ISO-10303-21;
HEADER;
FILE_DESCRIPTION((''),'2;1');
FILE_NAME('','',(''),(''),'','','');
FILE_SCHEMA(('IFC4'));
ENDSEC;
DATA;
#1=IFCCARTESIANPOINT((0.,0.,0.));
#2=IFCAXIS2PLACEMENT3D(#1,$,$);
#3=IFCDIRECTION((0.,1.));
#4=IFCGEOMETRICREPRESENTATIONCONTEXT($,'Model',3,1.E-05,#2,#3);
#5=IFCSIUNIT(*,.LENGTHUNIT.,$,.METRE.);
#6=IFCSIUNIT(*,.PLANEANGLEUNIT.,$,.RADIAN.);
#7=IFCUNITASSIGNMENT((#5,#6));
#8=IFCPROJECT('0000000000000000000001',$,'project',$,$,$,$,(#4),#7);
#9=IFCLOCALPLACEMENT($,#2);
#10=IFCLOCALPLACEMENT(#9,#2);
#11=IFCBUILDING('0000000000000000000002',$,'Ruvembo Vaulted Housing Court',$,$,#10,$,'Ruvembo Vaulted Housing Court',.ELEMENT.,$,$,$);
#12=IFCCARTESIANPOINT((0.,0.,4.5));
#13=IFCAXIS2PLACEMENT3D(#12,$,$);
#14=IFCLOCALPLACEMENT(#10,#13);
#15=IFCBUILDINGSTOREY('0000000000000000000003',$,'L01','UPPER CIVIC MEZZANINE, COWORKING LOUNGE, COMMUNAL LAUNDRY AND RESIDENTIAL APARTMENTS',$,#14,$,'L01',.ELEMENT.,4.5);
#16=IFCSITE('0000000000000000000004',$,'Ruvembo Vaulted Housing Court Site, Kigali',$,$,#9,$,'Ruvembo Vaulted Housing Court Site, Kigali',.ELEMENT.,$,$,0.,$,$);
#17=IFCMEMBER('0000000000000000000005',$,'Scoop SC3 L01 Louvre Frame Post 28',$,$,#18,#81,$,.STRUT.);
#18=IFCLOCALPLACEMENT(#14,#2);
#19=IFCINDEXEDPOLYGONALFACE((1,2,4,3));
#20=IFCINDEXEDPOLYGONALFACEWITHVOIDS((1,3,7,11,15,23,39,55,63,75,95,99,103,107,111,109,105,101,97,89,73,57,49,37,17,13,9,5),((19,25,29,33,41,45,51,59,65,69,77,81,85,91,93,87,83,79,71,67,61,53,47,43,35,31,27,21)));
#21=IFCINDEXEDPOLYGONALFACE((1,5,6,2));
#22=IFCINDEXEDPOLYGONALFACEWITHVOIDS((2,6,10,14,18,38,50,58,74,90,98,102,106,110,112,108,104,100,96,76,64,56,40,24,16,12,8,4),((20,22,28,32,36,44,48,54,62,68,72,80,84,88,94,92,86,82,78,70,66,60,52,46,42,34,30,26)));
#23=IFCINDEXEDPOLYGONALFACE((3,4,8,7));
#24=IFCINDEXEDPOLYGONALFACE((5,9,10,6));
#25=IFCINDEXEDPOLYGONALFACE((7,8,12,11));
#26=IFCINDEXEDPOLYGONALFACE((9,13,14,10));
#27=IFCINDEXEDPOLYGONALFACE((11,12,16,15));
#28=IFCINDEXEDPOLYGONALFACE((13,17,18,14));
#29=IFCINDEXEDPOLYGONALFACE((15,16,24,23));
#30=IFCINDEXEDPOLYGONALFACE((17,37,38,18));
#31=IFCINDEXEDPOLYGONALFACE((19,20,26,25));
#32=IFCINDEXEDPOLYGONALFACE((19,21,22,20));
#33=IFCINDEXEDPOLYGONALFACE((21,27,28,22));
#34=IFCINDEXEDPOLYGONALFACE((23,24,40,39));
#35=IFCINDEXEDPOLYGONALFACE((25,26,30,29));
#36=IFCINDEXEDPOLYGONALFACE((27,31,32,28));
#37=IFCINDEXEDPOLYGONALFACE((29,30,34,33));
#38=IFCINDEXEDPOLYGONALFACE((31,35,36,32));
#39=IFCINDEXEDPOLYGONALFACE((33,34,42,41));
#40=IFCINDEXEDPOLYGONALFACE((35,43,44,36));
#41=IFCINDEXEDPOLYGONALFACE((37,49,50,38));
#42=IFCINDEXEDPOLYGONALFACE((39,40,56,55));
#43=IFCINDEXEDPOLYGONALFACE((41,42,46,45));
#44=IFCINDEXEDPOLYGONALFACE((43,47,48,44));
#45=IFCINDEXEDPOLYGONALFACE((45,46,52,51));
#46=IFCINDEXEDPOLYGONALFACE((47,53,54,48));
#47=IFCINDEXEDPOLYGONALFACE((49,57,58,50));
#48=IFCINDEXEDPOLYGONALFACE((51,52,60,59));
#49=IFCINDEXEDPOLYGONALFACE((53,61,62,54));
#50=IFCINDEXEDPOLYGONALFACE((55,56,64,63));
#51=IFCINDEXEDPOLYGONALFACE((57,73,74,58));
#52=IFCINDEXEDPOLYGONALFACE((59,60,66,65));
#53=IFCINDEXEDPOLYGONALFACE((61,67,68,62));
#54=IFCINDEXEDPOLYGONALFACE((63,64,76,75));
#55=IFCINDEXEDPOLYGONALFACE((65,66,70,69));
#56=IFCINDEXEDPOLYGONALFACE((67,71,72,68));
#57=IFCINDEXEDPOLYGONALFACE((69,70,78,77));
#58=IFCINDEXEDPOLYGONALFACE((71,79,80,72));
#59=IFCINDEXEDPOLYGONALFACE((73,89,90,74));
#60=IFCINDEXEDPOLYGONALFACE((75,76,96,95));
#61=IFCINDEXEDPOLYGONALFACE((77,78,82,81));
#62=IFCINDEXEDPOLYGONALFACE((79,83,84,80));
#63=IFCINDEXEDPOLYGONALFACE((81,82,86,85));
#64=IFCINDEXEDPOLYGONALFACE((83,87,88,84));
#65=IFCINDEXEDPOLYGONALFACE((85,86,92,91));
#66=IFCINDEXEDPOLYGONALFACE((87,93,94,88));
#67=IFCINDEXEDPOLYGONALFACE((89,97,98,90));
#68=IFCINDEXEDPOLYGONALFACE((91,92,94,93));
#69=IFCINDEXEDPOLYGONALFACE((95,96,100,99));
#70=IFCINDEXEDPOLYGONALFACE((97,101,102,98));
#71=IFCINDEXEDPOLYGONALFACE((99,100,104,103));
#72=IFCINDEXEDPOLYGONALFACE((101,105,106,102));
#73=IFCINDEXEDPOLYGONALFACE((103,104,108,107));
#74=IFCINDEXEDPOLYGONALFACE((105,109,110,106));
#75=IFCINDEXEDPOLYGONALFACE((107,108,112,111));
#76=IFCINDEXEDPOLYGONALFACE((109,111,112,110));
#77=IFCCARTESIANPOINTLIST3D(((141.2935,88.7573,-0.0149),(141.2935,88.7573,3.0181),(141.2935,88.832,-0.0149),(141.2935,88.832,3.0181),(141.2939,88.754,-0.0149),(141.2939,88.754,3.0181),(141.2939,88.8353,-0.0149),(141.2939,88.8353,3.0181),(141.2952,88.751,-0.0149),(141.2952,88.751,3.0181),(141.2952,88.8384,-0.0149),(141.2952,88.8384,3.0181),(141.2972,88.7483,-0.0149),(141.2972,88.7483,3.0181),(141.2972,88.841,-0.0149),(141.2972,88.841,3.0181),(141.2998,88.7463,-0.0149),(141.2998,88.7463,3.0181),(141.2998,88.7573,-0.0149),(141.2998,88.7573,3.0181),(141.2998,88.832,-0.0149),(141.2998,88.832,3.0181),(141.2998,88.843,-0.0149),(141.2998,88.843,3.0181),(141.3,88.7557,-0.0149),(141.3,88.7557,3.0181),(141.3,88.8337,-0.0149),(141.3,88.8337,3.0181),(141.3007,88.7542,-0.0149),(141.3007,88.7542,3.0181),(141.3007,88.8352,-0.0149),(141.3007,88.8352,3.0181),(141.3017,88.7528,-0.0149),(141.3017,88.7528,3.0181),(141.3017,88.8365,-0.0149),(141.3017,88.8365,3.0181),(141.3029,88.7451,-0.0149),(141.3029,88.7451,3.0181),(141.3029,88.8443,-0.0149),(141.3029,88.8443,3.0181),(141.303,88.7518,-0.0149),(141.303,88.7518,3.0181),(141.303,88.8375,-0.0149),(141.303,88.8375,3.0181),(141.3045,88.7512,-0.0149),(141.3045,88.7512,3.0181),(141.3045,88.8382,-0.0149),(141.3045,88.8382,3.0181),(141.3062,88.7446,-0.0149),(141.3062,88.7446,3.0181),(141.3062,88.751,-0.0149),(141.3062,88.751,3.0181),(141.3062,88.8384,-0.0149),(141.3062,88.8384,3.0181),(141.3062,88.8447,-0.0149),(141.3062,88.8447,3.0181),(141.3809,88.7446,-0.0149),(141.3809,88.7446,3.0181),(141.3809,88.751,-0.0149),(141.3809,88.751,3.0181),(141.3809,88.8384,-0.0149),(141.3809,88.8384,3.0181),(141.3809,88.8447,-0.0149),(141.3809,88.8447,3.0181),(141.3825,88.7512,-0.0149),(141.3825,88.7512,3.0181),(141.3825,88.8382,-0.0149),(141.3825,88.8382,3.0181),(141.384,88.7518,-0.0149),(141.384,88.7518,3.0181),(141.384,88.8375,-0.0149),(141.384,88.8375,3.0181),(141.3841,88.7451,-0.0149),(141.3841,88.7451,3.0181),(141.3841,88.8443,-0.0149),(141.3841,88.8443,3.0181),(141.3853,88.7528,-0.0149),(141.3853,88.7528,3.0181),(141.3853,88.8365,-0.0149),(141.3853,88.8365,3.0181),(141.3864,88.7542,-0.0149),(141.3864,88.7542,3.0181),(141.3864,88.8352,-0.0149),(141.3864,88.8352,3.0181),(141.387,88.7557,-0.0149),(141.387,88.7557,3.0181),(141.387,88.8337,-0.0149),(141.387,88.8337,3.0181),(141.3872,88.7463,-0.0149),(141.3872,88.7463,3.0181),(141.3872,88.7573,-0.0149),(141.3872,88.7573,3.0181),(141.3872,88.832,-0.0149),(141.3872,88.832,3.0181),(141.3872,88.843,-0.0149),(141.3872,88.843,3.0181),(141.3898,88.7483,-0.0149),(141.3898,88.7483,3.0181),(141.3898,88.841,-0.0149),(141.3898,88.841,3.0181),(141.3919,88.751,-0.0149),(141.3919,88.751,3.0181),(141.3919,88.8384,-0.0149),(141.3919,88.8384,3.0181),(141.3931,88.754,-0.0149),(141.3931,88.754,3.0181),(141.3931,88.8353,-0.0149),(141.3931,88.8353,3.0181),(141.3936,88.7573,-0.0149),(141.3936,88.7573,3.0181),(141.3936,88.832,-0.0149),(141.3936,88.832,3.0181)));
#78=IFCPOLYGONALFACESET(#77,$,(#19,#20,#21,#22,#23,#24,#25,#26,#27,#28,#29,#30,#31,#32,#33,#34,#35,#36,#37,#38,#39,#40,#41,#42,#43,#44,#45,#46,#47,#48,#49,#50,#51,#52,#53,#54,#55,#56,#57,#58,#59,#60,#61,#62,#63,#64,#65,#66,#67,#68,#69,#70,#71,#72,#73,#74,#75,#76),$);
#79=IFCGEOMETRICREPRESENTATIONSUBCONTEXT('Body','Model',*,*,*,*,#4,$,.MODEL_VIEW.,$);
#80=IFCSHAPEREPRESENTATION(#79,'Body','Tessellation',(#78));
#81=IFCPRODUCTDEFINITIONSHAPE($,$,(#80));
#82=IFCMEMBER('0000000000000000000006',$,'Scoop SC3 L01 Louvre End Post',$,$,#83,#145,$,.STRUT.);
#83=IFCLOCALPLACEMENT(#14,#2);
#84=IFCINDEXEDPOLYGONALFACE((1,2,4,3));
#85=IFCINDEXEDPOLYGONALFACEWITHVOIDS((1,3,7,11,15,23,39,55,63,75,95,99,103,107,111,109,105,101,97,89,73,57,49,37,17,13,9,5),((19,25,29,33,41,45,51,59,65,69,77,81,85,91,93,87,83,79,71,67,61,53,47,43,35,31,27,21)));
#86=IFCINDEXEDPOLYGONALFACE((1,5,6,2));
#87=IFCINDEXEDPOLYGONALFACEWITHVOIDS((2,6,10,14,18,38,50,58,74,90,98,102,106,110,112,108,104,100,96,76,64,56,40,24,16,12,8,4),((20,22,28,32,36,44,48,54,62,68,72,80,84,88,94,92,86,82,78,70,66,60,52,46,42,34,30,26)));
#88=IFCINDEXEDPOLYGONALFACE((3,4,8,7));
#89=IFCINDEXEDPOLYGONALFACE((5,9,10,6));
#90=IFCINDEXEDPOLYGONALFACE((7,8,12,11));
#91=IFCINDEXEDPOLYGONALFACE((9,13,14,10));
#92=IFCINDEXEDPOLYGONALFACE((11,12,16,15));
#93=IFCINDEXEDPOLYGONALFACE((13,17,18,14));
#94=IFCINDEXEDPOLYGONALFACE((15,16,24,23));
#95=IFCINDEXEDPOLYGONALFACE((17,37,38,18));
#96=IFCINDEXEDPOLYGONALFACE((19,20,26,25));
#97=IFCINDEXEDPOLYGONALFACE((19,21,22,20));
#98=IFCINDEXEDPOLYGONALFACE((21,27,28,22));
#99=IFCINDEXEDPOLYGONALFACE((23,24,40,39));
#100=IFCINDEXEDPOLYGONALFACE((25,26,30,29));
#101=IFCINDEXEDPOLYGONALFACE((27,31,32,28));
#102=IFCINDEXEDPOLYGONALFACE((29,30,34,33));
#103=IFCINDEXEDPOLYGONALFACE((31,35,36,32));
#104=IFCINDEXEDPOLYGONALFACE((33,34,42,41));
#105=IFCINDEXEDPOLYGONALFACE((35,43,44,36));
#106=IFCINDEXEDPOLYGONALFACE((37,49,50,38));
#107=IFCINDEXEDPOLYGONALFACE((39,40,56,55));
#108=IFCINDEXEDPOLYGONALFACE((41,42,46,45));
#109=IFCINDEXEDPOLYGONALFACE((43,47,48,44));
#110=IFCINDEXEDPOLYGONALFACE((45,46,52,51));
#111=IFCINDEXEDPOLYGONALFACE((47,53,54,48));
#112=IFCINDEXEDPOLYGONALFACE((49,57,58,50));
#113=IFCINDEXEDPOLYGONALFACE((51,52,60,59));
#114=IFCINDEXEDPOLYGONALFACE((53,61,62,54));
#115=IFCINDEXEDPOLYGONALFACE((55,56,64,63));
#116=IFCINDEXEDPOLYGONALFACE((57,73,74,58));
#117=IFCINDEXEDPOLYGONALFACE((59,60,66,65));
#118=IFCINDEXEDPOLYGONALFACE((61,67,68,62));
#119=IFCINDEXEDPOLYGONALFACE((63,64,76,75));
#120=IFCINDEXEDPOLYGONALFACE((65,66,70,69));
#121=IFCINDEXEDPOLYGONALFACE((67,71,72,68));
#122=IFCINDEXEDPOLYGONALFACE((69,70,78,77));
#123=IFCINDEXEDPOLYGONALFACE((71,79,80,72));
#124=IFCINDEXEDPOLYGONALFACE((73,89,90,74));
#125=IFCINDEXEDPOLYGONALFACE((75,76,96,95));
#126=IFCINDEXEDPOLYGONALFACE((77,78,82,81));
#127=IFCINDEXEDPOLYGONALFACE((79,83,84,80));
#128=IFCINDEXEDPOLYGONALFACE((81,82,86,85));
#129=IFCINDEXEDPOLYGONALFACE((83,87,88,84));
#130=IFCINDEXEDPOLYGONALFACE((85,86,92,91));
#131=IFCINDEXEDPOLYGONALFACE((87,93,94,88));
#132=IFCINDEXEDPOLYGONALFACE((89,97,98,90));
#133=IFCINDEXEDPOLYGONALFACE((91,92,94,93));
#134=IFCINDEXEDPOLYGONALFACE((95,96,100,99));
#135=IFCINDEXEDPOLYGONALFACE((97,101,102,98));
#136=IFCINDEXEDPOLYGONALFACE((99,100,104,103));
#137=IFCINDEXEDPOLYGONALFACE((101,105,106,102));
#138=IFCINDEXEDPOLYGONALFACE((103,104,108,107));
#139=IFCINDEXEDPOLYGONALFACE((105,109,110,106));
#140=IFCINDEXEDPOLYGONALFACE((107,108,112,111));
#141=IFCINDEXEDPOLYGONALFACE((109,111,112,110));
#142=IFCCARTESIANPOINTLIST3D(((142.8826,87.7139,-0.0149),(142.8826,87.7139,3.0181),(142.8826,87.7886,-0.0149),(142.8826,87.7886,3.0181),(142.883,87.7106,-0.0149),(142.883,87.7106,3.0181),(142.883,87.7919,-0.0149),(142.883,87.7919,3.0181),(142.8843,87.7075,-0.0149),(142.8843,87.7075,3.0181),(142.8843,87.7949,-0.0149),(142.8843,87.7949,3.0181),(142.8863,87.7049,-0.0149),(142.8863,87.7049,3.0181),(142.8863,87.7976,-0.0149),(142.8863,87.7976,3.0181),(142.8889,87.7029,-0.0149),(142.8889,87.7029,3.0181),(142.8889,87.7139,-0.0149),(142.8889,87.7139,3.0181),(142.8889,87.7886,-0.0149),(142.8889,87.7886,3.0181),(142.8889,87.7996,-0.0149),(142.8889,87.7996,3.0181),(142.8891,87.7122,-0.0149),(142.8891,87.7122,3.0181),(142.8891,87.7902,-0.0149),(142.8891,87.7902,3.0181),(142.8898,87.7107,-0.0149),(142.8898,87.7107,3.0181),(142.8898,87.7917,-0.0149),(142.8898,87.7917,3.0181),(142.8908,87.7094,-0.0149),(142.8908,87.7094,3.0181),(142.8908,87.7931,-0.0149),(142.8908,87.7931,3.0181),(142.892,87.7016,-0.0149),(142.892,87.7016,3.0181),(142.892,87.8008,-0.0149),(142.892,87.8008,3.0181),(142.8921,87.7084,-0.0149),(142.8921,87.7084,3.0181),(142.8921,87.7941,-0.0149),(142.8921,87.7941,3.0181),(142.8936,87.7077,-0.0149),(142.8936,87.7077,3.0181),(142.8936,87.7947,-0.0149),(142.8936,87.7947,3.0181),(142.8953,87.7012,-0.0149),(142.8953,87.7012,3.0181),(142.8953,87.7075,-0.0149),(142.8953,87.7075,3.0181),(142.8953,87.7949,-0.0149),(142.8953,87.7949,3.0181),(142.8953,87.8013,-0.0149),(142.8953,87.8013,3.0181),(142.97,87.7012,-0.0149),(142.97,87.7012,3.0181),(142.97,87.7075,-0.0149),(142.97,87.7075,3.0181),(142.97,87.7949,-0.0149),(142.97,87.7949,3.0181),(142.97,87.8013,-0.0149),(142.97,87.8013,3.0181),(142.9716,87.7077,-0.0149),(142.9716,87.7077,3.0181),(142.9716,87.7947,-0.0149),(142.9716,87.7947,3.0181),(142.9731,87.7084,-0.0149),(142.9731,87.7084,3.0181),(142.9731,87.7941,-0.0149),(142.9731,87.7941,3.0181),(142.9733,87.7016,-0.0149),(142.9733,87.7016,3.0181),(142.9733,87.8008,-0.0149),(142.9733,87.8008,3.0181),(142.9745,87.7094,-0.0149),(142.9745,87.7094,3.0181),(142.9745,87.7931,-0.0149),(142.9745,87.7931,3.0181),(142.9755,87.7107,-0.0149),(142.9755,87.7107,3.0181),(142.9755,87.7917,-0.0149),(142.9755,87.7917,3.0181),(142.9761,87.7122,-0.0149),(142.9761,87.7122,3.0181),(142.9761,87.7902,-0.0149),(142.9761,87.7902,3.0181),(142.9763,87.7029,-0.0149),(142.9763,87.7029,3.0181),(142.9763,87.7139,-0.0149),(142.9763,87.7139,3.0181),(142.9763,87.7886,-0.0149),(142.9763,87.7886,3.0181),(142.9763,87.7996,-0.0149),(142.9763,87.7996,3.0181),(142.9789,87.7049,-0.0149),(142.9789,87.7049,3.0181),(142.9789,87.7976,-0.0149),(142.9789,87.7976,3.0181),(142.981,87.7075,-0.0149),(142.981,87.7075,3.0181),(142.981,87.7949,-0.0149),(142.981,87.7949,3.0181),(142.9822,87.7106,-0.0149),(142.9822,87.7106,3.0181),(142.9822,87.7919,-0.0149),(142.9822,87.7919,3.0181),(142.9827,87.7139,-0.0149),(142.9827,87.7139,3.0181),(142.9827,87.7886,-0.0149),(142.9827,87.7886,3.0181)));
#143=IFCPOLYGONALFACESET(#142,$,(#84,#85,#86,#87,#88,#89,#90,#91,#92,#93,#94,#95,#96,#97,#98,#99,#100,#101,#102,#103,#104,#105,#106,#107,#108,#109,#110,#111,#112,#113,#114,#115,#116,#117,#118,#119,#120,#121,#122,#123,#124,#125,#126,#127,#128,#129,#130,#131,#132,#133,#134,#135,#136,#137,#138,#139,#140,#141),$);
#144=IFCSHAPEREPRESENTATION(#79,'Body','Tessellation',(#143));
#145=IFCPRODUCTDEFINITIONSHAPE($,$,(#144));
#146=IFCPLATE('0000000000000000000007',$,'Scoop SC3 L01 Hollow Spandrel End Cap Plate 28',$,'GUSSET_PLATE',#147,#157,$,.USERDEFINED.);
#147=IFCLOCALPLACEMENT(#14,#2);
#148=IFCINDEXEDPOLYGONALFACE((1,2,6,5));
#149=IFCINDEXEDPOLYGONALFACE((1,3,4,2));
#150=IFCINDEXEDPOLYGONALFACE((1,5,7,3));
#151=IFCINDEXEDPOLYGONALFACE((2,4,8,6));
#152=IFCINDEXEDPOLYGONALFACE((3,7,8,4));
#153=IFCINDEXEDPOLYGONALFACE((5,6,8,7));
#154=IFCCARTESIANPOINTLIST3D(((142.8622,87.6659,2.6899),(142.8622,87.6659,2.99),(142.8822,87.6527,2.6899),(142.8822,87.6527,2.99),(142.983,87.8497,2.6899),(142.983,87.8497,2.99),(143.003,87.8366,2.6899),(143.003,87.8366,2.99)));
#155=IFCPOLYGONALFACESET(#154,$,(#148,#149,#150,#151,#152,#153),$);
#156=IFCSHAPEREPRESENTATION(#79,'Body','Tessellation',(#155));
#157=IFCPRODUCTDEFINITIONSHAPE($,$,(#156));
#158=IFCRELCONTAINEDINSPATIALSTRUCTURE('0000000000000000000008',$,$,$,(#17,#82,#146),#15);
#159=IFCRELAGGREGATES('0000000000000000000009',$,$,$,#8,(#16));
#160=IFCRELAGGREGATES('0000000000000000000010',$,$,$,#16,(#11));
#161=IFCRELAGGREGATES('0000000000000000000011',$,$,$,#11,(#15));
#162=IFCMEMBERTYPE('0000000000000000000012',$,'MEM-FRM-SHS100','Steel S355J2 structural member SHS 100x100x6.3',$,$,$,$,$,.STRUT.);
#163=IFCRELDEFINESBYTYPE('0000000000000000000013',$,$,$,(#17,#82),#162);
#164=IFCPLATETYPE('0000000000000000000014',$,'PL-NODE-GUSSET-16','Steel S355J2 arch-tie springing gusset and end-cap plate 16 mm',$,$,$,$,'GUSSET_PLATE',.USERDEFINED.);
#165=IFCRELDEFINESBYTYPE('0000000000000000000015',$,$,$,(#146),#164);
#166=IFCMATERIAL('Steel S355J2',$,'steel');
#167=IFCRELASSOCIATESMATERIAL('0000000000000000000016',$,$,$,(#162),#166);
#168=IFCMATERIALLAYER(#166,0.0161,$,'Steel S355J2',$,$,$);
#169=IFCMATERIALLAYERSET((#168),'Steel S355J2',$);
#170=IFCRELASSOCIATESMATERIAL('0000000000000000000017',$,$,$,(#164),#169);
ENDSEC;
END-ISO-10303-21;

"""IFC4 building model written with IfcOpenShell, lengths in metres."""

from ifc_helpers import new_model, si_unit, direction, frame, origin, origin_2d, place, context, subcontext, project, spatial, rectangle, hollow_rectangle, extrude, material, layer, layer_set, material_profile, profile_set, type_object, element, save


model = new_model("IFC4")

# Units and contexts
model_context = context("Model", 3, precision=1e-05, world=origin(), true_north=direction((0.0, 1.0)))
body_context = subcontext(model_context, "Body", "Model", "MODEL_VIEW")
ifc_project = project(units=[si_unit("LENGTHUNIT", "METRE"), si_unit("PLANEANGLEUNIT", "RADIAN")], contexts=[model_context])

# Site, building, storey
site_placement = place(None, origin())
site = spatial("IfcSite", under=ifc_project, at=site_placement, Name="Ruvembo Vaulted Housing Court Site, Kigali", LongName="Ruvembo Vaulted Housing Court Site, Kigali", CompositionType="ELEMENT", RefElevation=0.0)
building_placement = place(site_placement, origin())
building = spatial("IfcBuilding", under=site, at=building_placement, Name="Ruvembo Vaulted Housing Court", LongName="Ruvembo Vaulted Housing Court", CompositionType="ELEMENT")
storey_placement = place(building_placement, frame((0.0, 0.0, 4.5)))
storey = spatial("IfcBuildingStorey", under=building, at=storey_placement, Name="L01", Description="UPPER CIVIC MEZZANINE, COWORKING LOUNGE, COMMUNAL LAUNDRY AND RESIDENTIAL APARTMENTS", LongName="L01", CompositionType="ELEMENT", Elevation=4.5)

# Shared definitions
ifc_material_1 = material(Name="Steel S355J2", Category="steel")

# Members
ifc_material_profile_1 = material_profile(ifc_material_1, hollow_rectangle(XDim=0.1001, YDim=0.1001, WallThickness=0.0063, InnerFilletRadius=0.0063, OuterFilletRadius=0.0127, at=origin_2d()), Name="SHS 100x100x6.3")
ifc_profile_set_1 = profile_set([ifc_material_profile_1], Name="Steel S355J2")
member_type_1 = type_object("IfcMemberType", Name="MEM-FRM-SHS100", Description="Steel S355J2 structural member SHS 100x100x6.3", PredefinedType="STRUT", material=ifc_profile_set_1)
for number, where, z_axis, x_axis, name in (
    (1, (141.3435, 88.7947, -0.0149), (0.0, 0.0, 1.0), (1.0, 0.0, 0.0), "Scoop SC3 L01 Louvre Frame Post 28"),
    (2, (142.9326, 87.7512, -0.0149), (0.0, 0.0, 1.0), (1.0, 0.0, 0.0), "Scoop SC3 L01 Louvre End Post"),
):
    element("IfcMember", number, at=place(storey_placement, frame(where, z_axis=z_axis, x_axis=x_axis)), inside=storey, type_object=member_type_1, Name=name, PredefinedType="STRUT", context=body_context, shape_type="SweptSolid", body=[
        extrude(hollow_rectangle(XDim=0.1001, YDim=0.1001, WallThickness=0.0063, InnerFilletRadius=0.0063, OuterFilletRadius=0.0127, at=origin_2d()), origin(), (0.0, 0.0, 1.0), 3.033),
    ])

# Plate
ifc_layer_1 = layer(ifc_material_1, 0.0161, Name="Steel S355J2")
ifc_layer_set_1 = layer_set([ifc_layer_1], Name="Steel S355J2")
plate_type = type_object("IfcPlateType", Name="PL-NODE-GUSSET-16", Description="Steel S355J2 arch-tie springing gusset and end-cap plate 16 mm", ElementType="GUSSET_PLATE", PredefinedType="USERDEFINED", material=ifc_layer_set_1)
plate_placement = place(storey_placement, frame((142.9326, 87.7512, 2.6899), z_axis=(0.0, 0.0, 1.0), x_axis=(0.835846, -0.548964, 0.0)))
element("IfcPlate", 3, at=plate_placement, inside=storey, type_object=plate_type, Name="Scoop SC3 L01 Hollow Spandrel End Cap Plate 28", ObjectType="GUSSET_PLATE", PredefinedType="USERDEFINED", context=body_context, shape_type="SweptSolid", body=[
    extrude(rectangle(XDim=0.0239, YDim=0.22, at=origin_2d()), origin(), (0.0, 0.0, 1.0), 0.3),
])

save(model, "model.ifc")
